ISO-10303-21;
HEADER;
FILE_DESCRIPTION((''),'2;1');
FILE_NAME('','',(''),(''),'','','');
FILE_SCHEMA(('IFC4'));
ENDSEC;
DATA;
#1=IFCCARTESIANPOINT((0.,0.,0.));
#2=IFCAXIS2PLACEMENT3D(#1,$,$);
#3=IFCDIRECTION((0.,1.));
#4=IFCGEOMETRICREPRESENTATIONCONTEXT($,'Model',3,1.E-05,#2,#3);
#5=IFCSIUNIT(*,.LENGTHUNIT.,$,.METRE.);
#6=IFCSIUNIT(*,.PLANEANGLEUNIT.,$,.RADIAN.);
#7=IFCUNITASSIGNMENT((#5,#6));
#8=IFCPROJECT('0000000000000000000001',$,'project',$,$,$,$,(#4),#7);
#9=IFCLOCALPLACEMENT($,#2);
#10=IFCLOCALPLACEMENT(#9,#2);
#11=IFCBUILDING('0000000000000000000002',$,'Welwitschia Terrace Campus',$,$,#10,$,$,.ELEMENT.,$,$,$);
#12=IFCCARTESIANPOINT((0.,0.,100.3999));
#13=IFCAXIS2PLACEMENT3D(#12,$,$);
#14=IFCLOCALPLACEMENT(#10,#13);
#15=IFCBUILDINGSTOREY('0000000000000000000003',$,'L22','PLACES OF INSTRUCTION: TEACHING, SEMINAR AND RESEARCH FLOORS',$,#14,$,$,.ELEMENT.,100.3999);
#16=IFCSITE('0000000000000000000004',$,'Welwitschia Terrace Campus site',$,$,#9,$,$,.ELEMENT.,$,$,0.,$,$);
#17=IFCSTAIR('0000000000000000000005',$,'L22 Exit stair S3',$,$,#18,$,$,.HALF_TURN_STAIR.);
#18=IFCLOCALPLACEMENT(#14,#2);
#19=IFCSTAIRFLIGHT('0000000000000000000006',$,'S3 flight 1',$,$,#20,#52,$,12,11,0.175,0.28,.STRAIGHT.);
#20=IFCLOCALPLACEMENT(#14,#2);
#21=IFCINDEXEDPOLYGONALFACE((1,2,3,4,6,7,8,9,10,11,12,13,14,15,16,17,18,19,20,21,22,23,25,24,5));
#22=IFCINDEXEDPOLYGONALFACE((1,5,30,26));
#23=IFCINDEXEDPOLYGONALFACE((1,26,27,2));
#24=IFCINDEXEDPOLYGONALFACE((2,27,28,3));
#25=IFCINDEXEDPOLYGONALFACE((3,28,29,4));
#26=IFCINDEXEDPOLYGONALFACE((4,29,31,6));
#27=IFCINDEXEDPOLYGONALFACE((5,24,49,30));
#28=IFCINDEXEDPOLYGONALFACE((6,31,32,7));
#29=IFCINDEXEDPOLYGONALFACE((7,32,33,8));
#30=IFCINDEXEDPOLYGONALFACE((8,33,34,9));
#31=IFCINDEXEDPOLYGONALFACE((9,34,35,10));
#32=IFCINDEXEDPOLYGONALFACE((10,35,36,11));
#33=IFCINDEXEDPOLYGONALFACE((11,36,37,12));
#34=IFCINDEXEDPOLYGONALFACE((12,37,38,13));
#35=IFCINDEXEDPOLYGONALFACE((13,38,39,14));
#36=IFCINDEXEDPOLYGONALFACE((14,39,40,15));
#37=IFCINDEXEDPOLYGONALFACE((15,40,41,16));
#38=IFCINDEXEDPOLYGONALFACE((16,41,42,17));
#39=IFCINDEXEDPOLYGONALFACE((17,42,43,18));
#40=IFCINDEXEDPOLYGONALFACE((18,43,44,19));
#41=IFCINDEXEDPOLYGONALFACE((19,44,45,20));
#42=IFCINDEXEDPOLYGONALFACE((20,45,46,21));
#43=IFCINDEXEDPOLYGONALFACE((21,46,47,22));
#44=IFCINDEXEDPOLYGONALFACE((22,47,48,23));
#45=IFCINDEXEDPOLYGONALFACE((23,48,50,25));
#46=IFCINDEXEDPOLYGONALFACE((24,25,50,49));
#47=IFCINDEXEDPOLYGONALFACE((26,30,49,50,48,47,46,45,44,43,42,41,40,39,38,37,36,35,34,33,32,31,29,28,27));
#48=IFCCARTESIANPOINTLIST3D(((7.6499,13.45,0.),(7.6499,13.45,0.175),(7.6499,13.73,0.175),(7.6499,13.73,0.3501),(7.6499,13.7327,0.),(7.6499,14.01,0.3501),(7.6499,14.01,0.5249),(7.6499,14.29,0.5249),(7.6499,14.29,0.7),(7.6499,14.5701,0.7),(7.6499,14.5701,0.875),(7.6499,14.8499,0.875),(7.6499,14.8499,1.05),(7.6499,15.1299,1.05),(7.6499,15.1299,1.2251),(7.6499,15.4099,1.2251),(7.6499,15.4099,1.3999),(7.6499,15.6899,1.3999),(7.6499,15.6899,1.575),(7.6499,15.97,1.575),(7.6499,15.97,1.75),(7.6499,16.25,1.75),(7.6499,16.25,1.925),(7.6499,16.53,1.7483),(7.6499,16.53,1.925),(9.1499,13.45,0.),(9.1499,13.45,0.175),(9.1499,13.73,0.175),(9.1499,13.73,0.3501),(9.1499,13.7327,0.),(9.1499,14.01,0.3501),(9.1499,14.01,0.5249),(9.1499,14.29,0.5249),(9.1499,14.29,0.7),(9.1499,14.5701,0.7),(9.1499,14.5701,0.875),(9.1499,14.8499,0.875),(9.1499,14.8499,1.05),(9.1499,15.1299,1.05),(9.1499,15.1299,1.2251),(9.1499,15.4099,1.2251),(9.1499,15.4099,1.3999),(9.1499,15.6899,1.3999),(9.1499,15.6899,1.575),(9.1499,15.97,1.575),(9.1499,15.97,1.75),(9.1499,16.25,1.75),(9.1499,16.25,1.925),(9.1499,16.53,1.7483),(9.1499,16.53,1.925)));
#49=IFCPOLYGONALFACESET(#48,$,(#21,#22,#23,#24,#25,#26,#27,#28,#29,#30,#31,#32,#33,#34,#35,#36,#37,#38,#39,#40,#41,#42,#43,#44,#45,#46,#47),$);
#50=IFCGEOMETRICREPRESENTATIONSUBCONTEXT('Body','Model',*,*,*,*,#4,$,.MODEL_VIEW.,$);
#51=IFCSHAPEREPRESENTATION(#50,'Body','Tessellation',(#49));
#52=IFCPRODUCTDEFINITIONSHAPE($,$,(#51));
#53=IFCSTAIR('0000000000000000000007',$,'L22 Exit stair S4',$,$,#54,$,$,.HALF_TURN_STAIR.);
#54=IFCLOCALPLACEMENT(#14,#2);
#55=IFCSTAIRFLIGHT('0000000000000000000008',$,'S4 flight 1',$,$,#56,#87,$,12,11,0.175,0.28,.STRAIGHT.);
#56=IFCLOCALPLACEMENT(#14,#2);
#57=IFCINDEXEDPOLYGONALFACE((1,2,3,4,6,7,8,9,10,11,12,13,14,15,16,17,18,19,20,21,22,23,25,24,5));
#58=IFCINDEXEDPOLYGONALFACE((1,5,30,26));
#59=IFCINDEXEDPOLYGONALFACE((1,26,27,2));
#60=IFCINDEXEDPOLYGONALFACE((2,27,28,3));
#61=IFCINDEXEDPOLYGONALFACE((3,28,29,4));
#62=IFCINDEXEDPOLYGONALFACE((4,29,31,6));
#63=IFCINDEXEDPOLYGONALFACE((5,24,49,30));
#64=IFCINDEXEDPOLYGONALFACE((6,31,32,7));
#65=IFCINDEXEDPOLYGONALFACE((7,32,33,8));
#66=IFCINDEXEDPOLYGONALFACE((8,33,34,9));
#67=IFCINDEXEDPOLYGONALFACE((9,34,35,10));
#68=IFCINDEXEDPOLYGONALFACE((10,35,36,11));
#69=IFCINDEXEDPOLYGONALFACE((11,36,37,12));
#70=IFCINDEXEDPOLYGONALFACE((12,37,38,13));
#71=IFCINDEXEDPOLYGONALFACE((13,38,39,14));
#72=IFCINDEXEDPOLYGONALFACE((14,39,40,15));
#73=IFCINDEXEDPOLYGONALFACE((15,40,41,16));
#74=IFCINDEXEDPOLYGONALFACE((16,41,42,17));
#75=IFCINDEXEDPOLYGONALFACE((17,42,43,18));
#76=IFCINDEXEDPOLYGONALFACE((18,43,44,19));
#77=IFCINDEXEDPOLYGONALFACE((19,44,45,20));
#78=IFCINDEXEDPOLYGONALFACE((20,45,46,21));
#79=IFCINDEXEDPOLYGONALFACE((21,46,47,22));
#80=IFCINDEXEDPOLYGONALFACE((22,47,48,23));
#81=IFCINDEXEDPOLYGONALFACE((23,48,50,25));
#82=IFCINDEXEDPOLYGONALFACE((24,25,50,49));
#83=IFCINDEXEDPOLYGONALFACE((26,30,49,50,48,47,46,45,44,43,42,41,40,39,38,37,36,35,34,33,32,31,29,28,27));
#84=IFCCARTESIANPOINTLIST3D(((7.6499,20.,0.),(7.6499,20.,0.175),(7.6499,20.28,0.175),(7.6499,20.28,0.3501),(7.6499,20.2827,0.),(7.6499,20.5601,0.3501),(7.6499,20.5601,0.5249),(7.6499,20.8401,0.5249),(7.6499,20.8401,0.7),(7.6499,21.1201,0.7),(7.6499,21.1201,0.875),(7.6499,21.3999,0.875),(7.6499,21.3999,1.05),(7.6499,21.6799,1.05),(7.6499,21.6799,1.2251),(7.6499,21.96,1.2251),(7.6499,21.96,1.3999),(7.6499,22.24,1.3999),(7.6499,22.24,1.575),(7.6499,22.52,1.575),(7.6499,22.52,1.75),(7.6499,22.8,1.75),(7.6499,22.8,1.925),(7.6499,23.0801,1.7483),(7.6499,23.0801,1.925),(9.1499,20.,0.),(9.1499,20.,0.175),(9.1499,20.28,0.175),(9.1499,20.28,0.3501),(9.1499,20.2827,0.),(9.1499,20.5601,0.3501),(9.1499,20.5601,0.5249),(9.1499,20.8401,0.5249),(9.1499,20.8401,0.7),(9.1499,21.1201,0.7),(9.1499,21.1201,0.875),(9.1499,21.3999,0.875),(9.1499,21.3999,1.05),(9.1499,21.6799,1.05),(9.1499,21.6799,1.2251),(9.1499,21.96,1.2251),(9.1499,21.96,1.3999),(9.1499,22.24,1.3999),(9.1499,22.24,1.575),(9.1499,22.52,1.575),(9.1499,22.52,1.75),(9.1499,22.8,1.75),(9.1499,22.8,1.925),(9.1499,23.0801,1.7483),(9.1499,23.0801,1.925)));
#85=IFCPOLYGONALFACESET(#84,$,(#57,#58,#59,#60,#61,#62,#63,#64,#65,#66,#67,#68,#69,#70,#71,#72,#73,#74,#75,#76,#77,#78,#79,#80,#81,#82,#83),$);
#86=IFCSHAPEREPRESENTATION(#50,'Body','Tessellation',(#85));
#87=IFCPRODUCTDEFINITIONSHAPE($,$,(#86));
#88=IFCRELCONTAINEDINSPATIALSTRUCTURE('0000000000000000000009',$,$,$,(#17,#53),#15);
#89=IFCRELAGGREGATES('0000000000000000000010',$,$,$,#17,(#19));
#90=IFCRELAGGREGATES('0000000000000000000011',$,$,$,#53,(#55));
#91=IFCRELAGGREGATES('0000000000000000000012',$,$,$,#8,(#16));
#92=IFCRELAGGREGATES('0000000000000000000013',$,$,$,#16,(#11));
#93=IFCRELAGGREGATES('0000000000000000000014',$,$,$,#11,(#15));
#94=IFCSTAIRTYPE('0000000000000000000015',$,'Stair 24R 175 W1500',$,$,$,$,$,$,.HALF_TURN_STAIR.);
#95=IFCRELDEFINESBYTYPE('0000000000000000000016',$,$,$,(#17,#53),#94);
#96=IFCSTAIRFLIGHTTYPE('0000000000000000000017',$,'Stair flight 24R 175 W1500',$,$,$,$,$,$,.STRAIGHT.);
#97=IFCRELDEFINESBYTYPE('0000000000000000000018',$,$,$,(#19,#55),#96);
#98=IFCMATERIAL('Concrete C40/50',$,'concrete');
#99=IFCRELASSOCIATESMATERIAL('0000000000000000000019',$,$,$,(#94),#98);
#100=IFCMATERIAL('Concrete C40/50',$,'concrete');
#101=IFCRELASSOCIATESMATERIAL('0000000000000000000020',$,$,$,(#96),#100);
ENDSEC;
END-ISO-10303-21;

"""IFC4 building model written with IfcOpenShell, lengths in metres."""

from ifc_helpers import new_model, si_unit, direction, frame, origin, place, context, subcontext, project, spatial, polyline, outline, extrude, material, type_object, element, aggregate, save


model = new_model("IFC4")

# Units and contexts
model_context = context("Model", 3, precision=1e-05, world=origin(), true_north=direction((0.0, 1.0)))
body_context = subcontext(model_context, "Body", "Model", "MODEL_VIEW")
ifc_project = project(units=[si_unit("LENGTHUNIT", "METRE"), si_unit("PLANEANGLEUNIT", "RADIAN")], contexts=[model_context])

# Site, building, storey
site_placement = place(None, origin())
site = spatial("IfcSite", under=ifc_project, at=site_placement, Name="Welwitschia Terrace Campus site", CompositionType="ELEMENT", RefElevation=0.0)
building_placement = place(site_placement, origin())
building = spatial("IfcBuilding", under=site, at=building_placement, Name="Welwitschia Terrace Campus", CompositionType="ELEMENT")
storey_placement = place(building_placement, frame((0.0, 0.0, 100.3999)))
storey = spatial("IfcBuildingStorey", under=building, at=storey_placement, Name="L22", Description="PLACES OF INSTRUCTION: TEACHING, SEMINAR AND RESEARCH FLOORS", CompositionType="ELEMENT", Elevation=100.3999)

# Stairs, stair flights
ifc_material_1 = material(Name="Concrete C40/50", Category="concrete")
stair_type = type_object("IfcStairType", Name="Stair 24R 175 W1500", PredefinedType="HALF_TURN_STAIR", material=ifc_material_1)
stair_1_placement = place(storey_placement, origin())
stair_1 = element("IfcStair", 1, at=stair_1_placement, inside=storey, type_object=stair_type, Name="L22 Exit stair S3", PredefinedType="HALF_TURN_STAIR")
ifc_material_2 = material(Name="Concrete C40/50", Category="concrete")
stair_flight_type = type_object("IfcStairFlightType", Name="Stair flight 24R 175 W1500", PredefinedType="STRAIGHT", material=ifc_material_2)
stair_flight_1_placement = place(storey_placement, frame((8.3999, 13.45, 0.0), z_axis=(0.0, 0.0, 1.0), x_axis=(0.0, 1.0, 0.0)))
stair_flight_1 = element("IfcStairFlight", 2, at=stair_flight_1_placement, type_object=stair_flight_type, Name="S3 flight 1", NumberOfRisers=12, NumberOfTreads=11, PredefinedType="STRAIGHT", RiserHeight=0.175, TreadLength=0.28, context=body_context, shape_type="SweptSolid", body=[
    extrude(outline(polyline([(0.0, 0.0), (0.0, 0.175), (0.28, 0.175), (0.28, 0.3501), (0.5601, 0.3501), (0.5601, 0.5249), (0.8401, 0.5249), (0.8401, 0.7), (1.1201, 0.7), (1.1201, 0.875), (1.3999, 0.875), (1.3999, 1.05), (1.6799, 1.05), (1.6799, 1.2251), (1.96, 1.2251), (1.96, 1.3999), (2.24, 1.3999), (2.24, 1.575), (2.52, 1.575), (2.52, 1.75), (2.8, 1.75), (2.8, 1.925), (3.0801, 1.925), (3.0801, 2.1001), (3.0801, 1.7483), (0.2827, 0.0), (0.0, 0.0)])), frame((0.0, 0.75, 0.0), z_axis=(0.0, -1.0, 0.0), x_axis=(1.0, 0.0, 0.0)), (0.0, 0.0, 1.0), 1.5),
])
aggregate(stair_1, [stair_flight_1])
stair_2_placement = place(storey_placement, origin())
stair_2 = element("IfcStair", 3, at=stair_2_placement, inside=storey, type_object=stair_type, Name="L22 Exit stair S4", PredefinedType="HALF_TURN_STAIR")
stair_flight_2_placement = place(storey_placement, frame((8.3999, 20.0, 0.0), z_axis=(0.0, 0.0, 1.0), x_axis=(0.0, 1.0, 0.0)))
stair_flight_2 = element("IfcStairFlight", 4, at=stair_flight_2_placement, type_object=stair_flight_type, Name="S4 flight 1", NumberOfRisers=12, NumberOfTreads=11, PredefinedType="STRAIGHT", RiserHeight=0.175, TreadLength=0.28, context=body_context, shape_type="SweptSolid", body=[
    extrude(outline(polyline([(0.0, 0.0), (0.0, 0.175), (0.28, 0.175), (0.28, 0.3501), (0.5601, 0.3501), (0.5601, 0.5249), (0.8401, 0.5249), (0.8401, 0.7), (1.1201, 0.7), (1.1201, 0.875), (1.3999, 0.875), (1.3999, 1.05), (1.6799, 1.05), (1.6799, 1.2251), (1.96, 1.2251), (1.96, 1.3999), (2.24, 1.3999), (2.24, 1.575), (2.52, 1.575), (2.52, 1.75), (2.8, 1.75), (2.8, 1.925), (3.0801, 1.925), (3.0801, 2.1001), (3.0801, 1.7483), (0.2827, 0.0), (0.0, 0.0)])), frame((0.0, 0.75, 0.0), z_axis=(0.0, -1.0, 0.0), x_axis=(1.0, 0.0, 0.0)), (0.0, 0.0, 1.0), 1.5),
])
aggregate(stair_2, [stair_flight_2])

save(model, "model.ifc")
